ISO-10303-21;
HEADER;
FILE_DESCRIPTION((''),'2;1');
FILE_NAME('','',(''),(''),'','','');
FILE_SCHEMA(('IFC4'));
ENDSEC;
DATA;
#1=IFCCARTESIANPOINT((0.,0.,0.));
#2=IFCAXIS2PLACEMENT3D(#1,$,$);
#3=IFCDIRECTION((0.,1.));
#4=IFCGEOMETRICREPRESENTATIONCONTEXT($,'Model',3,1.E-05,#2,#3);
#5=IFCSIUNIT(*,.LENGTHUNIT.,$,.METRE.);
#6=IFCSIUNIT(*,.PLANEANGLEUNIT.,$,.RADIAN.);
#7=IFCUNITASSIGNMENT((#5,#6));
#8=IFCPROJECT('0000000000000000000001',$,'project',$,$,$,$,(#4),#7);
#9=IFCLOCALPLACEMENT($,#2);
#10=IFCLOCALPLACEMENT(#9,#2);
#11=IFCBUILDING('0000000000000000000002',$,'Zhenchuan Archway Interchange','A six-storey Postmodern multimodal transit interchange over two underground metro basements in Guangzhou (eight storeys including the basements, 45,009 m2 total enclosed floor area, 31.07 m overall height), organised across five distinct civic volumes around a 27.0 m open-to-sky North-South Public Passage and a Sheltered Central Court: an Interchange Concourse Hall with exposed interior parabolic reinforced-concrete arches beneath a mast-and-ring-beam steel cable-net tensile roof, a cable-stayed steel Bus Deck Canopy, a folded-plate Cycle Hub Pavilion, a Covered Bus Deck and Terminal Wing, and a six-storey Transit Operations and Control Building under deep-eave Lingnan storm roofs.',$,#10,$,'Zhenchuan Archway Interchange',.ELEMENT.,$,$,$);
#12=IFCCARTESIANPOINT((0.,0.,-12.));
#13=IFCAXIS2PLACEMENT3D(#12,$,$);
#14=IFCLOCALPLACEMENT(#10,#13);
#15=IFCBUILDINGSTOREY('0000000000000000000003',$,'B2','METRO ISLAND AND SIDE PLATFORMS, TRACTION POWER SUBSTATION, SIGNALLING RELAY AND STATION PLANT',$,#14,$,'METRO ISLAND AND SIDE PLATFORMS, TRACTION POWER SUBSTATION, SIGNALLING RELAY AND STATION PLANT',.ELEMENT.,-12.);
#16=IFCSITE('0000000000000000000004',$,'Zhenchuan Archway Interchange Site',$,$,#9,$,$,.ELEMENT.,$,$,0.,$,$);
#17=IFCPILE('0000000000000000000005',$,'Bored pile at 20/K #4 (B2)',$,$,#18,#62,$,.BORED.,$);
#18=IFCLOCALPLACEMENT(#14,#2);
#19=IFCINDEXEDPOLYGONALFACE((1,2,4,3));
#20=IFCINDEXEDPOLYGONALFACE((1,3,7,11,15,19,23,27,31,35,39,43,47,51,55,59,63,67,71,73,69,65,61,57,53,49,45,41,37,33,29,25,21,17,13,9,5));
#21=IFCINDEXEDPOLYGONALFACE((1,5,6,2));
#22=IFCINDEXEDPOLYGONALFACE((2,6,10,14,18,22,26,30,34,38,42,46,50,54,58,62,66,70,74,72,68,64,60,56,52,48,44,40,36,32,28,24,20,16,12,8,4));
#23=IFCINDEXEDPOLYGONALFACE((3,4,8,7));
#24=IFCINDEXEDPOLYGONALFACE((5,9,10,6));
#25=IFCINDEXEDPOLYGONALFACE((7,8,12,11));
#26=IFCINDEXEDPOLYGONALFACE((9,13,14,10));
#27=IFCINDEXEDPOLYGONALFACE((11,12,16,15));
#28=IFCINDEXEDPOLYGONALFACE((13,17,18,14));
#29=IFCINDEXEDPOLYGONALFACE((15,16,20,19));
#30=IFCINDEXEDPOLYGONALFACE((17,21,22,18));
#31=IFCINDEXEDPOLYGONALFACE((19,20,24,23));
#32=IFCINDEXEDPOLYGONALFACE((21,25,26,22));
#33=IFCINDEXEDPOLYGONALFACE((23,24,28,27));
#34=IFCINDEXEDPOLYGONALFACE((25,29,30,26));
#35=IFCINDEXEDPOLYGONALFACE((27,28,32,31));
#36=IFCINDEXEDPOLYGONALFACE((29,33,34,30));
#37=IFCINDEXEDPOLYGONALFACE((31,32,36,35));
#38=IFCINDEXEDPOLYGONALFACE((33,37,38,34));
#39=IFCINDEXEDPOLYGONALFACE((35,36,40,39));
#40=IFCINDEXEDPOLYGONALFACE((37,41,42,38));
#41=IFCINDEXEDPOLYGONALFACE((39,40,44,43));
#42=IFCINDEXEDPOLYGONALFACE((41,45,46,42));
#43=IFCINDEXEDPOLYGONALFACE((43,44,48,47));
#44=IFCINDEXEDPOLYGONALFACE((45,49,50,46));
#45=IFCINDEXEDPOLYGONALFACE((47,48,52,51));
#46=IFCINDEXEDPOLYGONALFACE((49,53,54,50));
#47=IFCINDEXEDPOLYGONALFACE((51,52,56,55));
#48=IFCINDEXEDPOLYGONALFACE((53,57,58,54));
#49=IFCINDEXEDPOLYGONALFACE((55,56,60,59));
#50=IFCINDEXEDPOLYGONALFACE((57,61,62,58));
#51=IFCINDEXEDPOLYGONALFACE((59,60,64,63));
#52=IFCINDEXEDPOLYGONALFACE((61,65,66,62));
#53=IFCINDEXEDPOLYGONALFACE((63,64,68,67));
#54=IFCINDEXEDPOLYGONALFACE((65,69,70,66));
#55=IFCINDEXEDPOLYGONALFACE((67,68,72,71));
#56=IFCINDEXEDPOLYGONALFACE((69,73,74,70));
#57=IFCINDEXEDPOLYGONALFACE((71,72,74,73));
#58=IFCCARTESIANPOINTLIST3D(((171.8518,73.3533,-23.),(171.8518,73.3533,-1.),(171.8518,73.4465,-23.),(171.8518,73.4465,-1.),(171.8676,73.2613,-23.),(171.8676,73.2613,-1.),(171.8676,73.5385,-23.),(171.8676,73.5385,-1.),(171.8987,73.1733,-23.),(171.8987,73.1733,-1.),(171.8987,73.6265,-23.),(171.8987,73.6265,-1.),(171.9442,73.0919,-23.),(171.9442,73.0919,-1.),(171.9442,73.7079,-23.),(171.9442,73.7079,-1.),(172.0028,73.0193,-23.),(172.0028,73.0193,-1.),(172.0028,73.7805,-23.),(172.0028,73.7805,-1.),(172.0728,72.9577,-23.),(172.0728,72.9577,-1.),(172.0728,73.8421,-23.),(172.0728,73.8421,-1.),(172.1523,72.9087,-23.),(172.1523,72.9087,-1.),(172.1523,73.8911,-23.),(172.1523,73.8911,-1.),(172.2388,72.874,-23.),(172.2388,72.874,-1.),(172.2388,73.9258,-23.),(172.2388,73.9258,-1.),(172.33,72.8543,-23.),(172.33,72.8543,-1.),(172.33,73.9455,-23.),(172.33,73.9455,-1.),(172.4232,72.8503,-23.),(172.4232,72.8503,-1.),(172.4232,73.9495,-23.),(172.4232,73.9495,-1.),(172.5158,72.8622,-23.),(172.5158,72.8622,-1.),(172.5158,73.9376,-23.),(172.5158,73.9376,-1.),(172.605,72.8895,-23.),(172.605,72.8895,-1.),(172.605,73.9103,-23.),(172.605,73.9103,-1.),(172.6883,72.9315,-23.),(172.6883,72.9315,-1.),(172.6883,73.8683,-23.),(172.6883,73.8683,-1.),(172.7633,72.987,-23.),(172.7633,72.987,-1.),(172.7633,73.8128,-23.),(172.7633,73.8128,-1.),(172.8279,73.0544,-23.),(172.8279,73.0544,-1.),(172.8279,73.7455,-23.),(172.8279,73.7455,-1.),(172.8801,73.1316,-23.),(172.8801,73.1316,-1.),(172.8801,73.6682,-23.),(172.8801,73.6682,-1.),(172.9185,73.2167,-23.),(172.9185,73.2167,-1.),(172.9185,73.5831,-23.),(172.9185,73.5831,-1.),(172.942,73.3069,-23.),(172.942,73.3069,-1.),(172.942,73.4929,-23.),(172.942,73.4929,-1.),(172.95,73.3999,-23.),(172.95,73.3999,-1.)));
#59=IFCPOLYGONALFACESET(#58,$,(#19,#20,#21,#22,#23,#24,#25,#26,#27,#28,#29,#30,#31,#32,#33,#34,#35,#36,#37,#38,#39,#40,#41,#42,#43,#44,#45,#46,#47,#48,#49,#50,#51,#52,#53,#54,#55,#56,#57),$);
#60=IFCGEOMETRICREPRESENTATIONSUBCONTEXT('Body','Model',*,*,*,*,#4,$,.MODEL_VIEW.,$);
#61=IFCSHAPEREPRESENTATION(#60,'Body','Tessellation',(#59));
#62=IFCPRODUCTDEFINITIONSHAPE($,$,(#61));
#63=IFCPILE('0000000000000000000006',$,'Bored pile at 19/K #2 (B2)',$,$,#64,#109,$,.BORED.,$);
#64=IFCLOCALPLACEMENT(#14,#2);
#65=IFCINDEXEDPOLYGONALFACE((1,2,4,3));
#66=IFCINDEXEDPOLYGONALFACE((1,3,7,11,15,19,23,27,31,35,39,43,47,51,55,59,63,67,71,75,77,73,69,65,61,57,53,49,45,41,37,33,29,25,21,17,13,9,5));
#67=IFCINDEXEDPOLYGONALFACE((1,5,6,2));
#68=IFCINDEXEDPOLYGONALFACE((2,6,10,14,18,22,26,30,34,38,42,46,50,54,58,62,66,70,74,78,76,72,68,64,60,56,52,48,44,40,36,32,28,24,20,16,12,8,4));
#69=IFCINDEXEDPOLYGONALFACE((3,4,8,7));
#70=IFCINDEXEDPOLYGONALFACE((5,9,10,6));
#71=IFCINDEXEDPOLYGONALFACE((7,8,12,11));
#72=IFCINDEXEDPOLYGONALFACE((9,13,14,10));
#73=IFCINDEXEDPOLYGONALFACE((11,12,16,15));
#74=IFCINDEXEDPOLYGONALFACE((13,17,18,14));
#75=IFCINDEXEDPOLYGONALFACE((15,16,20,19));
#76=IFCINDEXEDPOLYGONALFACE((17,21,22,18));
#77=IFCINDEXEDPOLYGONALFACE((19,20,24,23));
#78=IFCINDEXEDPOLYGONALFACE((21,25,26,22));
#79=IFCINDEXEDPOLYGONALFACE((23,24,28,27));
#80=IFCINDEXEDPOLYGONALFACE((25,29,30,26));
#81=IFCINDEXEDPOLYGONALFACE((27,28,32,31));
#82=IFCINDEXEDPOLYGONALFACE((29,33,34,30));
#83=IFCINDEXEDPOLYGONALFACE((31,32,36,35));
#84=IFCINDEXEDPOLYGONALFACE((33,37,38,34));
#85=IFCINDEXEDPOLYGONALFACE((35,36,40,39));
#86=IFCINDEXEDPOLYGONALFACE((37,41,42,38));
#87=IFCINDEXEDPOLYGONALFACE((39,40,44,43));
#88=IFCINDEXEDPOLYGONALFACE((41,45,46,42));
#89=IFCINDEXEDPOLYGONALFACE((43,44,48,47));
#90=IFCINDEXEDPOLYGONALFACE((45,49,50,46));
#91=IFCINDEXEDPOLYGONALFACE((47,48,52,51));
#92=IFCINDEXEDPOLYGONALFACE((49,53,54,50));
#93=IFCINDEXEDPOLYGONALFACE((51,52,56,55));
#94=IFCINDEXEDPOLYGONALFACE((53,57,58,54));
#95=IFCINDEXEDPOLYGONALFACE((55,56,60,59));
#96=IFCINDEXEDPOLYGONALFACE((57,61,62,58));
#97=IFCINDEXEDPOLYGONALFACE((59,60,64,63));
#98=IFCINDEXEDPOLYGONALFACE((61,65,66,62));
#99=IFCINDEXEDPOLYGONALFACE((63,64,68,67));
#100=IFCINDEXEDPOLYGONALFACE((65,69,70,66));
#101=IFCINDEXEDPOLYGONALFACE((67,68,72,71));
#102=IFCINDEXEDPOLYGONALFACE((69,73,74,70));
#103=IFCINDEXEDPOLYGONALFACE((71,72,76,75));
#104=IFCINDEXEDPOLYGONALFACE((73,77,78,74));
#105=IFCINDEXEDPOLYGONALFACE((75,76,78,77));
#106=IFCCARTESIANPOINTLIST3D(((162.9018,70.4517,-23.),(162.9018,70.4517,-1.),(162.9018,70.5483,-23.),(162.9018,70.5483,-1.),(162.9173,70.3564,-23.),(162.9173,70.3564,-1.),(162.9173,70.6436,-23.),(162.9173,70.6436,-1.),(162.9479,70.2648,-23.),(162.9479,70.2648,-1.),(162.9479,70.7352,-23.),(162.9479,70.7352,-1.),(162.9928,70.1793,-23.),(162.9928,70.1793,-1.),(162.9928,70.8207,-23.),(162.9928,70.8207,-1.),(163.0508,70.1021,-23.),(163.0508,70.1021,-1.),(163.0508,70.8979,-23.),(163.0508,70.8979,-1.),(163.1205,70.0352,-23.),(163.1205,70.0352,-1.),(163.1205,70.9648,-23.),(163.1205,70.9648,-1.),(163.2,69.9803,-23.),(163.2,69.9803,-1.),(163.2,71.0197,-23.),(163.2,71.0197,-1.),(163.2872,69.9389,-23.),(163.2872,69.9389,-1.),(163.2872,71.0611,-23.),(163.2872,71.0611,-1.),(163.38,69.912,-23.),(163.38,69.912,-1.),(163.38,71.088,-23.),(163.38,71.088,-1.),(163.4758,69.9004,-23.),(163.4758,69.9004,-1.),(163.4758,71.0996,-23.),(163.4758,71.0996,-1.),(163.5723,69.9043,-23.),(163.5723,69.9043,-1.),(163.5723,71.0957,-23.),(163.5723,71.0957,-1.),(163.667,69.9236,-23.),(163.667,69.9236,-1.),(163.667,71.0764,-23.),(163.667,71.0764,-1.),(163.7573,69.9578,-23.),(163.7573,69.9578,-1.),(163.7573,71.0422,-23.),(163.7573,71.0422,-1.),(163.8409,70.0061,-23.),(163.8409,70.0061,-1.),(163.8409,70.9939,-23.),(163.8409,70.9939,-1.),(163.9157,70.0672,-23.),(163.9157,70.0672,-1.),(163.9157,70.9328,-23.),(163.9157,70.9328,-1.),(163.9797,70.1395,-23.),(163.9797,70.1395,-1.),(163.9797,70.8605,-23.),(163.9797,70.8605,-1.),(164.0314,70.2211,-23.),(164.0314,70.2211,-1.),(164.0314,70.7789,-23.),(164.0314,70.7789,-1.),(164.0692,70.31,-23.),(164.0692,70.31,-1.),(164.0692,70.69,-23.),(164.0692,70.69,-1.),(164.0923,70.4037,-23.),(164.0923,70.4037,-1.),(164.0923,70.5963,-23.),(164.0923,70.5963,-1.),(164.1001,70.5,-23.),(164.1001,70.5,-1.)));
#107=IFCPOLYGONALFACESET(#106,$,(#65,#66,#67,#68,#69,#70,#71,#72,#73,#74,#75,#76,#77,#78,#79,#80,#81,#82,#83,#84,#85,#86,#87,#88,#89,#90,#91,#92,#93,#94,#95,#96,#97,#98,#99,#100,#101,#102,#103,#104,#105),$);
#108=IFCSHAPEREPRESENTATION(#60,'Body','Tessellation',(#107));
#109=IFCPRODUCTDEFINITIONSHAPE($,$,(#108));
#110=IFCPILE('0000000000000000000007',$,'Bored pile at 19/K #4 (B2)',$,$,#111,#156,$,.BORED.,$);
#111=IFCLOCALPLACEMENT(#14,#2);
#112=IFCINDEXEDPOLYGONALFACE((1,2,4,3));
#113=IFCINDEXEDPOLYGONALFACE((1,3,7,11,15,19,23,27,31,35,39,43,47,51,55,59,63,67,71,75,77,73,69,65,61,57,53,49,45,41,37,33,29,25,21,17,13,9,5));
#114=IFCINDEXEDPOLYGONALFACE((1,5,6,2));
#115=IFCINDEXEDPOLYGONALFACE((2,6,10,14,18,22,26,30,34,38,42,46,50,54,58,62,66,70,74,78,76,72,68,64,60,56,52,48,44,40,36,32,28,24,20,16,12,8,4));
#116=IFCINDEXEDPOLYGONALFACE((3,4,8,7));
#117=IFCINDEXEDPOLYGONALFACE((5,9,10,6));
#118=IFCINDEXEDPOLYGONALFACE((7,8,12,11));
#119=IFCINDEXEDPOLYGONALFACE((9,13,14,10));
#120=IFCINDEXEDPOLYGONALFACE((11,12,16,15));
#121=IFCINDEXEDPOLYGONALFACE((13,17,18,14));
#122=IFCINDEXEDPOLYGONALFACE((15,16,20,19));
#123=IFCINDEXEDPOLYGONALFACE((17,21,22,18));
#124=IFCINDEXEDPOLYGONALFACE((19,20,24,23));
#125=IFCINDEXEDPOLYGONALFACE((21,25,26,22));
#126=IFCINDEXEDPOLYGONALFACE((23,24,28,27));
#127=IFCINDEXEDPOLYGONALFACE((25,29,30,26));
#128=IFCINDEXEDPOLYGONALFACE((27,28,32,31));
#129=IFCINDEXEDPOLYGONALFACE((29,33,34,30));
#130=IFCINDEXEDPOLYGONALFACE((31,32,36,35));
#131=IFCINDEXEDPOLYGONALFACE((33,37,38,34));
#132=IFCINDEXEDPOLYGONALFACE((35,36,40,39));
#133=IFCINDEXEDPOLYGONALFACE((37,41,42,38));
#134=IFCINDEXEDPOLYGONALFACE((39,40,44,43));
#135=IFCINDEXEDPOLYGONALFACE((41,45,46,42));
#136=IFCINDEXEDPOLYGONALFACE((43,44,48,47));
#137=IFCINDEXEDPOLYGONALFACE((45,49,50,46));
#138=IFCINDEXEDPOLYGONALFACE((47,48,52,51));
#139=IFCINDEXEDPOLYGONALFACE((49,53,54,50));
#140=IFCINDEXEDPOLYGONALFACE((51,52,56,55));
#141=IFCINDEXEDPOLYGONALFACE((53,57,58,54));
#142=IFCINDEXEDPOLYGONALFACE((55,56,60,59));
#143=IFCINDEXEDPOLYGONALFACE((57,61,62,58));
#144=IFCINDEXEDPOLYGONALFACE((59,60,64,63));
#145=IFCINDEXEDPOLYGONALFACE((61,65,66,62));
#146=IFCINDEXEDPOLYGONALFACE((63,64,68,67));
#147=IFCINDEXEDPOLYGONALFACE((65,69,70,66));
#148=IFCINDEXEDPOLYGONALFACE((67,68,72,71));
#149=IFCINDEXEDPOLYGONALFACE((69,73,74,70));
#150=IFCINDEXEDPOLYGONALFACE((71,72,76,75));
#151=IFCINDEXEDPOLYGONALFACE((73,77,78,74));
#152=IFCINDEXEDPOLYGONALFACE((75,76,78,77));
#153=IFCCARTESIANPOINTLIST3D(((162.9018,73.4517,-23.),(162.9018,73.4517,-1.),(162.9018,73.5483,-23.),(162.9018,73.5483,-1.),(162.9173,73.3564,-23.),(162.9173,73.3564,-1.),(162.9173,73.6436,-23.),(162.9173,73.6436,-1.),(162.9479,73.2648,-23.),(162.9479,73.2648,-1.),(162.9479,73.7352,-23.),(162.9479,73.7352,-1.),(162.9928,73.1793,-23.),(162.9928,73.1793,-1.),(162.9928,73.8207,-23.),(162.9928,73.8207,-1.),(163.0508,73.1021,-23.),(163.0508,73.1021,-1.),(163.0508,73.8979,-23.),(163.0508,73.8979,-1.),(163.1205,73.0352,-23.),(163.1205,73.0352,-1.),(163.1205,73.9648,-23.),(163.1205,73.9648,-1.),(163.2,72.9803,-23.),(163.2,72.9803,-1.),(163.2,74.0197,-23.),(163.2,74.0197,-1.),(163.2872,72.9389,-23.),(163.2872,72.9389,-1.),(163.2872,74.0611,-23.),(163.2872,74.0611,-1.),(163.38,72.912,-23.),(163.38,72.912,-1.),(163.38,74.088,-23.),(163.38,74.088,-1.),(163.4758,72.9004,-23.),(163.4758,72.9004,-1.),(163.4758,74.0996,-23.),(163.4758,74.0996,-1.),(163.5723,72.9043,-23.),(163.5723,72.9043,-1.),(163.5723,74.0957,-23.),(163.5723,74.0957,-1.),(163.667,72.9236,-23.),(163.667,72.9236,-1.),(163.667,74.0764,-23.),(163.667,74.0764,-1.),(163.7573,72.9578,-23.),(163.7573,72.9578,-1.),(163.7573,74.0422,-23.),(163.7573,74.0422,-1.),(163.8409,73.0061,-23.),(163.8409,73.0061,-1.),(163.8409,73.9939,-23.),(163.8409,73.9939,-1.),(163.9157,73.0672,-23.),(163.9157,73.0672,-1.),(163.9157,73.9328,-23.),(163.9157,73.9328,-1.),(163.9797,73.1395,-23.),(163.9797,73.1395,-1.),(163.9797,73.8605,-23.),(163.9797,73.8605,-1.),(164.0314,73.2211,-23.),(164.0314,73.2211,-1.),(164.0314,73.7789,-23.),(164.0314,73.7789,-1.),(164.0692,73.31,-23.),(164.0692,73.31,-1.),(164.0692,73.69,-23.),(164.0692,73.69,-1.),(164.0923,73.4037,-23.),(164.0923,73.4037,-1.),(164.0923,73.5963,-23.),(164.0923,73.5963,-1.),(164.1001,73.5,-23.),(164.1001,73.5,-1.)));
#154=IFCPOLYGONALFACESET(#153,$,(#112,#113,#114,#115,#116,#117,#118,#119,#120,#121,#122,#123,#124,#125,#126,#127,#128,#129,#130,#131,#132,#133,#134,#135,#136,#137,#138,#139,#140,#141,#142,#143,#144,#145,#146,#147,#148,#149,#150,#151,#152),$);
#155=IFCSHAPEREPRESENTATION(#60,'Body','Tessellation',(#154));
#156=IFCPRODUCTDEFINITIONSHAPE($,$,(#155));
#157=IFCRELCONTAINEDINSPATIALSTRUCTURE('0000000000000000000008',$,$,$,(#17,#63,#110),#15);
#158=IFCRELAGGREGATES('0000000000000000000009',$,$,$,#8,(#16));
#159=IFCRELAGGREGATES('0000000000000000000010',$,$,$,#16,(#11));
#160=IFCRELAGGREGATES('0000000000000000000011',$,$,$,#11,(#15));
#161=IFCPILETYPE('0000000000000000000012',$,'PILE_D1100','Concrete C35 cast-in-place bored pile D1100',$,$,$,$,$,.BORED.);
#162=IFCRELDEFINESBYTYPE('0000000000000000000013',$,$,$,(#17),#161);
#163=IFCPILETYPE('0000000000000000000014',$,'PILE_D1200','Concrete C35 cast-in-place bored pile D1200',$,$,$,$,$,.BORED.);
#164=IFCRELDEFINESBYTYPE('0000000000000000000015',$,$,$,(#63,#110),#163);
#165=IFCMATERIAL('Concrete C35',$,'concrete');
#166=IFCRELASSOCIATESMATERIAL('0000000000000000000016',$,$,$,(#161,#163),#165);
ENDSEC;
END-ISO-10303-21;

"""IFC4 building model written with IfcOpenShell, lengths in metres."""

from ifc_helpers import new_model, si_unit, direction, frame, origin, origin_2d, place, context, subcontext, project, spatial, circle, extrude, material, material_profile, profile_set, type_object, element, save


model = new_model("IFC4")

# Units and contexts
model_context = context("Model", 3, precision=1e-05, world=origin(), true_north=direction((0.0, 1.0)))
body_context = subcontext(model_context, "Body", "Model", "MODEL_VIEW")
ifc_project = project(units=[si_unit("LENGTHUNIT", "METRE"), si_unit("PLANEANGLEUNIT", "RADIAN")], contexts=[model_context])

# Site, building, storey
site_placement = place(None, origin())
site = spatial("IfcSite", under=ifc_project, at=site_placement, Name="Zhenchuan Archway Interchange Site", CompositionType="ELEMENT", RefElevation=0.0)
building_placement = place(site_placement, origin())
building = spatial("IfcBuilding", under=site, at=building_placement, Name="Zhenchuan Archway Interchange", Description="A six-storey Postmodern multimodal transit interchange over two underground metro basements in Guangzhou (eight storeys including the basements, 45,009 m2 total enclosed floor area, 31.07 m overall height), organised across five distinct civic volumes around a 27.0 m open-to-sky North-South Public Passage and a Sheltered Central Court: an Interchange Concourse Hall with exposed interior parabolic reinforced-concrete arches beneath a mast-and-ring-beam steel cable-net tensile roof, a cable-stayed steel Bus Deck Canopy, a folded-plate Cycle Hub Pavilion, a Covered Bus Deck and Terminal Wing, and a six-storey Transit Operations and Control Building under deep-eave Lingnan storm roofs.", LongName="Zhenchuan Archway Interchange", CompositionType="ELEMENT")
storey_placement = place(building_placement, frame((0.0, 0.0, -12.0)))
storey = spatial("IfcBuildingStorey", under=building, at=storey_placement, Name="B2", Description="METRO ISLAND AND SIDE PLATFORMS, TRACTION POWER SUBSTATION, SIGNALLING RELAY AND STATION PLANT", LongName="METRO ISLAND AND SIDE PLATFORMS, TRACTION POWER SUBSTATION, SIGNALLING RELAY AND STATION PLANT", CompositionType="ELEMENT", Elevation=-12.0)

# Piles
ifc_material_1 = material(Name="Concrete C35", Category="concrete")
ifc_material_profile_1 = material_profile(ifc_material_1, circle(Radius=0.55, at=origin_2d()), Name="BORED PILE 1100")
ifc_profile_set_1 = profile_set([ifc_material_profile_1], Name="Concrete C35")
pile_type_1 = type_object("IfcPileType", Name="PILE_D1100", Description="Concrete C35 cast-in-place bored pile D1100", PredefinedType="BORED", material=ifc_profile_set_1)
for number, where, z_axis, x_axis, name in (
    (1, (172.3999, 73.3999, -1.0), (0.0, 0.0, -1.0), (1.0, 0.0, 0.0), "Bored pile at 20/K #4 (B2)"),
):
    element("IfcPile", number, at=place(storey_placement, frame(where, z_axis=z_axis, x_axis=x_axis)), inside=storey, type_object=pile_type_1, Name=name, PredefinedType="BORED", context=body_context, shape_type="SweptSolid", body=[
        extrude(circle(Radius=0.55, at=origin_2d()), origin(), (0.0, 0.0, 1.0), 22.0),
    ])
ifc_material_profile_2 = material_profile(ifc_material_1, circle(Radius=0.6001, at=origin_2d()), Name="BORED PILE 1200")
ifc_profile_set_2 = profile_set([ifc_material_profile_2], Name="Concrete C35")
pile_type_2 = type_object("IfcPileType", Name="PILE_D1200", Description="Concrete C35 cast-in-place bored pile D1200", PredefinedType="BORED", material=ifc_profile_set_2)
for number, where, z_axis, x_axis, name in (
    (2, (163.5, 70.5, -1.0), (0.0, 0.0, -1.0), (1.0, 0.0, 0.0), "Bored pile at 19/K #2 (B2)"),
    (3, (163.5, 73.5, -1.0), (0.0, 0.0, -1.0), (1.0, 0.0, 0.0), "Bored pile at 19/K #4 (B2)"),
):
    element("IfcPile", number, at=place(storey_placement, frame(where, z_axis=z_axis, x_axis=x_axis)), inside=storey, type_object=pile_type_2, Name=name, PredefinedType="BORED", context=body_context, shape_type="SweptSolid", body=[
        extrude(circle(Radius=0.6001, at=origin_2d()), origin(), (0.0, 0.0, 1.0), 22.0),
    ])

save(model, "model.ifc")
